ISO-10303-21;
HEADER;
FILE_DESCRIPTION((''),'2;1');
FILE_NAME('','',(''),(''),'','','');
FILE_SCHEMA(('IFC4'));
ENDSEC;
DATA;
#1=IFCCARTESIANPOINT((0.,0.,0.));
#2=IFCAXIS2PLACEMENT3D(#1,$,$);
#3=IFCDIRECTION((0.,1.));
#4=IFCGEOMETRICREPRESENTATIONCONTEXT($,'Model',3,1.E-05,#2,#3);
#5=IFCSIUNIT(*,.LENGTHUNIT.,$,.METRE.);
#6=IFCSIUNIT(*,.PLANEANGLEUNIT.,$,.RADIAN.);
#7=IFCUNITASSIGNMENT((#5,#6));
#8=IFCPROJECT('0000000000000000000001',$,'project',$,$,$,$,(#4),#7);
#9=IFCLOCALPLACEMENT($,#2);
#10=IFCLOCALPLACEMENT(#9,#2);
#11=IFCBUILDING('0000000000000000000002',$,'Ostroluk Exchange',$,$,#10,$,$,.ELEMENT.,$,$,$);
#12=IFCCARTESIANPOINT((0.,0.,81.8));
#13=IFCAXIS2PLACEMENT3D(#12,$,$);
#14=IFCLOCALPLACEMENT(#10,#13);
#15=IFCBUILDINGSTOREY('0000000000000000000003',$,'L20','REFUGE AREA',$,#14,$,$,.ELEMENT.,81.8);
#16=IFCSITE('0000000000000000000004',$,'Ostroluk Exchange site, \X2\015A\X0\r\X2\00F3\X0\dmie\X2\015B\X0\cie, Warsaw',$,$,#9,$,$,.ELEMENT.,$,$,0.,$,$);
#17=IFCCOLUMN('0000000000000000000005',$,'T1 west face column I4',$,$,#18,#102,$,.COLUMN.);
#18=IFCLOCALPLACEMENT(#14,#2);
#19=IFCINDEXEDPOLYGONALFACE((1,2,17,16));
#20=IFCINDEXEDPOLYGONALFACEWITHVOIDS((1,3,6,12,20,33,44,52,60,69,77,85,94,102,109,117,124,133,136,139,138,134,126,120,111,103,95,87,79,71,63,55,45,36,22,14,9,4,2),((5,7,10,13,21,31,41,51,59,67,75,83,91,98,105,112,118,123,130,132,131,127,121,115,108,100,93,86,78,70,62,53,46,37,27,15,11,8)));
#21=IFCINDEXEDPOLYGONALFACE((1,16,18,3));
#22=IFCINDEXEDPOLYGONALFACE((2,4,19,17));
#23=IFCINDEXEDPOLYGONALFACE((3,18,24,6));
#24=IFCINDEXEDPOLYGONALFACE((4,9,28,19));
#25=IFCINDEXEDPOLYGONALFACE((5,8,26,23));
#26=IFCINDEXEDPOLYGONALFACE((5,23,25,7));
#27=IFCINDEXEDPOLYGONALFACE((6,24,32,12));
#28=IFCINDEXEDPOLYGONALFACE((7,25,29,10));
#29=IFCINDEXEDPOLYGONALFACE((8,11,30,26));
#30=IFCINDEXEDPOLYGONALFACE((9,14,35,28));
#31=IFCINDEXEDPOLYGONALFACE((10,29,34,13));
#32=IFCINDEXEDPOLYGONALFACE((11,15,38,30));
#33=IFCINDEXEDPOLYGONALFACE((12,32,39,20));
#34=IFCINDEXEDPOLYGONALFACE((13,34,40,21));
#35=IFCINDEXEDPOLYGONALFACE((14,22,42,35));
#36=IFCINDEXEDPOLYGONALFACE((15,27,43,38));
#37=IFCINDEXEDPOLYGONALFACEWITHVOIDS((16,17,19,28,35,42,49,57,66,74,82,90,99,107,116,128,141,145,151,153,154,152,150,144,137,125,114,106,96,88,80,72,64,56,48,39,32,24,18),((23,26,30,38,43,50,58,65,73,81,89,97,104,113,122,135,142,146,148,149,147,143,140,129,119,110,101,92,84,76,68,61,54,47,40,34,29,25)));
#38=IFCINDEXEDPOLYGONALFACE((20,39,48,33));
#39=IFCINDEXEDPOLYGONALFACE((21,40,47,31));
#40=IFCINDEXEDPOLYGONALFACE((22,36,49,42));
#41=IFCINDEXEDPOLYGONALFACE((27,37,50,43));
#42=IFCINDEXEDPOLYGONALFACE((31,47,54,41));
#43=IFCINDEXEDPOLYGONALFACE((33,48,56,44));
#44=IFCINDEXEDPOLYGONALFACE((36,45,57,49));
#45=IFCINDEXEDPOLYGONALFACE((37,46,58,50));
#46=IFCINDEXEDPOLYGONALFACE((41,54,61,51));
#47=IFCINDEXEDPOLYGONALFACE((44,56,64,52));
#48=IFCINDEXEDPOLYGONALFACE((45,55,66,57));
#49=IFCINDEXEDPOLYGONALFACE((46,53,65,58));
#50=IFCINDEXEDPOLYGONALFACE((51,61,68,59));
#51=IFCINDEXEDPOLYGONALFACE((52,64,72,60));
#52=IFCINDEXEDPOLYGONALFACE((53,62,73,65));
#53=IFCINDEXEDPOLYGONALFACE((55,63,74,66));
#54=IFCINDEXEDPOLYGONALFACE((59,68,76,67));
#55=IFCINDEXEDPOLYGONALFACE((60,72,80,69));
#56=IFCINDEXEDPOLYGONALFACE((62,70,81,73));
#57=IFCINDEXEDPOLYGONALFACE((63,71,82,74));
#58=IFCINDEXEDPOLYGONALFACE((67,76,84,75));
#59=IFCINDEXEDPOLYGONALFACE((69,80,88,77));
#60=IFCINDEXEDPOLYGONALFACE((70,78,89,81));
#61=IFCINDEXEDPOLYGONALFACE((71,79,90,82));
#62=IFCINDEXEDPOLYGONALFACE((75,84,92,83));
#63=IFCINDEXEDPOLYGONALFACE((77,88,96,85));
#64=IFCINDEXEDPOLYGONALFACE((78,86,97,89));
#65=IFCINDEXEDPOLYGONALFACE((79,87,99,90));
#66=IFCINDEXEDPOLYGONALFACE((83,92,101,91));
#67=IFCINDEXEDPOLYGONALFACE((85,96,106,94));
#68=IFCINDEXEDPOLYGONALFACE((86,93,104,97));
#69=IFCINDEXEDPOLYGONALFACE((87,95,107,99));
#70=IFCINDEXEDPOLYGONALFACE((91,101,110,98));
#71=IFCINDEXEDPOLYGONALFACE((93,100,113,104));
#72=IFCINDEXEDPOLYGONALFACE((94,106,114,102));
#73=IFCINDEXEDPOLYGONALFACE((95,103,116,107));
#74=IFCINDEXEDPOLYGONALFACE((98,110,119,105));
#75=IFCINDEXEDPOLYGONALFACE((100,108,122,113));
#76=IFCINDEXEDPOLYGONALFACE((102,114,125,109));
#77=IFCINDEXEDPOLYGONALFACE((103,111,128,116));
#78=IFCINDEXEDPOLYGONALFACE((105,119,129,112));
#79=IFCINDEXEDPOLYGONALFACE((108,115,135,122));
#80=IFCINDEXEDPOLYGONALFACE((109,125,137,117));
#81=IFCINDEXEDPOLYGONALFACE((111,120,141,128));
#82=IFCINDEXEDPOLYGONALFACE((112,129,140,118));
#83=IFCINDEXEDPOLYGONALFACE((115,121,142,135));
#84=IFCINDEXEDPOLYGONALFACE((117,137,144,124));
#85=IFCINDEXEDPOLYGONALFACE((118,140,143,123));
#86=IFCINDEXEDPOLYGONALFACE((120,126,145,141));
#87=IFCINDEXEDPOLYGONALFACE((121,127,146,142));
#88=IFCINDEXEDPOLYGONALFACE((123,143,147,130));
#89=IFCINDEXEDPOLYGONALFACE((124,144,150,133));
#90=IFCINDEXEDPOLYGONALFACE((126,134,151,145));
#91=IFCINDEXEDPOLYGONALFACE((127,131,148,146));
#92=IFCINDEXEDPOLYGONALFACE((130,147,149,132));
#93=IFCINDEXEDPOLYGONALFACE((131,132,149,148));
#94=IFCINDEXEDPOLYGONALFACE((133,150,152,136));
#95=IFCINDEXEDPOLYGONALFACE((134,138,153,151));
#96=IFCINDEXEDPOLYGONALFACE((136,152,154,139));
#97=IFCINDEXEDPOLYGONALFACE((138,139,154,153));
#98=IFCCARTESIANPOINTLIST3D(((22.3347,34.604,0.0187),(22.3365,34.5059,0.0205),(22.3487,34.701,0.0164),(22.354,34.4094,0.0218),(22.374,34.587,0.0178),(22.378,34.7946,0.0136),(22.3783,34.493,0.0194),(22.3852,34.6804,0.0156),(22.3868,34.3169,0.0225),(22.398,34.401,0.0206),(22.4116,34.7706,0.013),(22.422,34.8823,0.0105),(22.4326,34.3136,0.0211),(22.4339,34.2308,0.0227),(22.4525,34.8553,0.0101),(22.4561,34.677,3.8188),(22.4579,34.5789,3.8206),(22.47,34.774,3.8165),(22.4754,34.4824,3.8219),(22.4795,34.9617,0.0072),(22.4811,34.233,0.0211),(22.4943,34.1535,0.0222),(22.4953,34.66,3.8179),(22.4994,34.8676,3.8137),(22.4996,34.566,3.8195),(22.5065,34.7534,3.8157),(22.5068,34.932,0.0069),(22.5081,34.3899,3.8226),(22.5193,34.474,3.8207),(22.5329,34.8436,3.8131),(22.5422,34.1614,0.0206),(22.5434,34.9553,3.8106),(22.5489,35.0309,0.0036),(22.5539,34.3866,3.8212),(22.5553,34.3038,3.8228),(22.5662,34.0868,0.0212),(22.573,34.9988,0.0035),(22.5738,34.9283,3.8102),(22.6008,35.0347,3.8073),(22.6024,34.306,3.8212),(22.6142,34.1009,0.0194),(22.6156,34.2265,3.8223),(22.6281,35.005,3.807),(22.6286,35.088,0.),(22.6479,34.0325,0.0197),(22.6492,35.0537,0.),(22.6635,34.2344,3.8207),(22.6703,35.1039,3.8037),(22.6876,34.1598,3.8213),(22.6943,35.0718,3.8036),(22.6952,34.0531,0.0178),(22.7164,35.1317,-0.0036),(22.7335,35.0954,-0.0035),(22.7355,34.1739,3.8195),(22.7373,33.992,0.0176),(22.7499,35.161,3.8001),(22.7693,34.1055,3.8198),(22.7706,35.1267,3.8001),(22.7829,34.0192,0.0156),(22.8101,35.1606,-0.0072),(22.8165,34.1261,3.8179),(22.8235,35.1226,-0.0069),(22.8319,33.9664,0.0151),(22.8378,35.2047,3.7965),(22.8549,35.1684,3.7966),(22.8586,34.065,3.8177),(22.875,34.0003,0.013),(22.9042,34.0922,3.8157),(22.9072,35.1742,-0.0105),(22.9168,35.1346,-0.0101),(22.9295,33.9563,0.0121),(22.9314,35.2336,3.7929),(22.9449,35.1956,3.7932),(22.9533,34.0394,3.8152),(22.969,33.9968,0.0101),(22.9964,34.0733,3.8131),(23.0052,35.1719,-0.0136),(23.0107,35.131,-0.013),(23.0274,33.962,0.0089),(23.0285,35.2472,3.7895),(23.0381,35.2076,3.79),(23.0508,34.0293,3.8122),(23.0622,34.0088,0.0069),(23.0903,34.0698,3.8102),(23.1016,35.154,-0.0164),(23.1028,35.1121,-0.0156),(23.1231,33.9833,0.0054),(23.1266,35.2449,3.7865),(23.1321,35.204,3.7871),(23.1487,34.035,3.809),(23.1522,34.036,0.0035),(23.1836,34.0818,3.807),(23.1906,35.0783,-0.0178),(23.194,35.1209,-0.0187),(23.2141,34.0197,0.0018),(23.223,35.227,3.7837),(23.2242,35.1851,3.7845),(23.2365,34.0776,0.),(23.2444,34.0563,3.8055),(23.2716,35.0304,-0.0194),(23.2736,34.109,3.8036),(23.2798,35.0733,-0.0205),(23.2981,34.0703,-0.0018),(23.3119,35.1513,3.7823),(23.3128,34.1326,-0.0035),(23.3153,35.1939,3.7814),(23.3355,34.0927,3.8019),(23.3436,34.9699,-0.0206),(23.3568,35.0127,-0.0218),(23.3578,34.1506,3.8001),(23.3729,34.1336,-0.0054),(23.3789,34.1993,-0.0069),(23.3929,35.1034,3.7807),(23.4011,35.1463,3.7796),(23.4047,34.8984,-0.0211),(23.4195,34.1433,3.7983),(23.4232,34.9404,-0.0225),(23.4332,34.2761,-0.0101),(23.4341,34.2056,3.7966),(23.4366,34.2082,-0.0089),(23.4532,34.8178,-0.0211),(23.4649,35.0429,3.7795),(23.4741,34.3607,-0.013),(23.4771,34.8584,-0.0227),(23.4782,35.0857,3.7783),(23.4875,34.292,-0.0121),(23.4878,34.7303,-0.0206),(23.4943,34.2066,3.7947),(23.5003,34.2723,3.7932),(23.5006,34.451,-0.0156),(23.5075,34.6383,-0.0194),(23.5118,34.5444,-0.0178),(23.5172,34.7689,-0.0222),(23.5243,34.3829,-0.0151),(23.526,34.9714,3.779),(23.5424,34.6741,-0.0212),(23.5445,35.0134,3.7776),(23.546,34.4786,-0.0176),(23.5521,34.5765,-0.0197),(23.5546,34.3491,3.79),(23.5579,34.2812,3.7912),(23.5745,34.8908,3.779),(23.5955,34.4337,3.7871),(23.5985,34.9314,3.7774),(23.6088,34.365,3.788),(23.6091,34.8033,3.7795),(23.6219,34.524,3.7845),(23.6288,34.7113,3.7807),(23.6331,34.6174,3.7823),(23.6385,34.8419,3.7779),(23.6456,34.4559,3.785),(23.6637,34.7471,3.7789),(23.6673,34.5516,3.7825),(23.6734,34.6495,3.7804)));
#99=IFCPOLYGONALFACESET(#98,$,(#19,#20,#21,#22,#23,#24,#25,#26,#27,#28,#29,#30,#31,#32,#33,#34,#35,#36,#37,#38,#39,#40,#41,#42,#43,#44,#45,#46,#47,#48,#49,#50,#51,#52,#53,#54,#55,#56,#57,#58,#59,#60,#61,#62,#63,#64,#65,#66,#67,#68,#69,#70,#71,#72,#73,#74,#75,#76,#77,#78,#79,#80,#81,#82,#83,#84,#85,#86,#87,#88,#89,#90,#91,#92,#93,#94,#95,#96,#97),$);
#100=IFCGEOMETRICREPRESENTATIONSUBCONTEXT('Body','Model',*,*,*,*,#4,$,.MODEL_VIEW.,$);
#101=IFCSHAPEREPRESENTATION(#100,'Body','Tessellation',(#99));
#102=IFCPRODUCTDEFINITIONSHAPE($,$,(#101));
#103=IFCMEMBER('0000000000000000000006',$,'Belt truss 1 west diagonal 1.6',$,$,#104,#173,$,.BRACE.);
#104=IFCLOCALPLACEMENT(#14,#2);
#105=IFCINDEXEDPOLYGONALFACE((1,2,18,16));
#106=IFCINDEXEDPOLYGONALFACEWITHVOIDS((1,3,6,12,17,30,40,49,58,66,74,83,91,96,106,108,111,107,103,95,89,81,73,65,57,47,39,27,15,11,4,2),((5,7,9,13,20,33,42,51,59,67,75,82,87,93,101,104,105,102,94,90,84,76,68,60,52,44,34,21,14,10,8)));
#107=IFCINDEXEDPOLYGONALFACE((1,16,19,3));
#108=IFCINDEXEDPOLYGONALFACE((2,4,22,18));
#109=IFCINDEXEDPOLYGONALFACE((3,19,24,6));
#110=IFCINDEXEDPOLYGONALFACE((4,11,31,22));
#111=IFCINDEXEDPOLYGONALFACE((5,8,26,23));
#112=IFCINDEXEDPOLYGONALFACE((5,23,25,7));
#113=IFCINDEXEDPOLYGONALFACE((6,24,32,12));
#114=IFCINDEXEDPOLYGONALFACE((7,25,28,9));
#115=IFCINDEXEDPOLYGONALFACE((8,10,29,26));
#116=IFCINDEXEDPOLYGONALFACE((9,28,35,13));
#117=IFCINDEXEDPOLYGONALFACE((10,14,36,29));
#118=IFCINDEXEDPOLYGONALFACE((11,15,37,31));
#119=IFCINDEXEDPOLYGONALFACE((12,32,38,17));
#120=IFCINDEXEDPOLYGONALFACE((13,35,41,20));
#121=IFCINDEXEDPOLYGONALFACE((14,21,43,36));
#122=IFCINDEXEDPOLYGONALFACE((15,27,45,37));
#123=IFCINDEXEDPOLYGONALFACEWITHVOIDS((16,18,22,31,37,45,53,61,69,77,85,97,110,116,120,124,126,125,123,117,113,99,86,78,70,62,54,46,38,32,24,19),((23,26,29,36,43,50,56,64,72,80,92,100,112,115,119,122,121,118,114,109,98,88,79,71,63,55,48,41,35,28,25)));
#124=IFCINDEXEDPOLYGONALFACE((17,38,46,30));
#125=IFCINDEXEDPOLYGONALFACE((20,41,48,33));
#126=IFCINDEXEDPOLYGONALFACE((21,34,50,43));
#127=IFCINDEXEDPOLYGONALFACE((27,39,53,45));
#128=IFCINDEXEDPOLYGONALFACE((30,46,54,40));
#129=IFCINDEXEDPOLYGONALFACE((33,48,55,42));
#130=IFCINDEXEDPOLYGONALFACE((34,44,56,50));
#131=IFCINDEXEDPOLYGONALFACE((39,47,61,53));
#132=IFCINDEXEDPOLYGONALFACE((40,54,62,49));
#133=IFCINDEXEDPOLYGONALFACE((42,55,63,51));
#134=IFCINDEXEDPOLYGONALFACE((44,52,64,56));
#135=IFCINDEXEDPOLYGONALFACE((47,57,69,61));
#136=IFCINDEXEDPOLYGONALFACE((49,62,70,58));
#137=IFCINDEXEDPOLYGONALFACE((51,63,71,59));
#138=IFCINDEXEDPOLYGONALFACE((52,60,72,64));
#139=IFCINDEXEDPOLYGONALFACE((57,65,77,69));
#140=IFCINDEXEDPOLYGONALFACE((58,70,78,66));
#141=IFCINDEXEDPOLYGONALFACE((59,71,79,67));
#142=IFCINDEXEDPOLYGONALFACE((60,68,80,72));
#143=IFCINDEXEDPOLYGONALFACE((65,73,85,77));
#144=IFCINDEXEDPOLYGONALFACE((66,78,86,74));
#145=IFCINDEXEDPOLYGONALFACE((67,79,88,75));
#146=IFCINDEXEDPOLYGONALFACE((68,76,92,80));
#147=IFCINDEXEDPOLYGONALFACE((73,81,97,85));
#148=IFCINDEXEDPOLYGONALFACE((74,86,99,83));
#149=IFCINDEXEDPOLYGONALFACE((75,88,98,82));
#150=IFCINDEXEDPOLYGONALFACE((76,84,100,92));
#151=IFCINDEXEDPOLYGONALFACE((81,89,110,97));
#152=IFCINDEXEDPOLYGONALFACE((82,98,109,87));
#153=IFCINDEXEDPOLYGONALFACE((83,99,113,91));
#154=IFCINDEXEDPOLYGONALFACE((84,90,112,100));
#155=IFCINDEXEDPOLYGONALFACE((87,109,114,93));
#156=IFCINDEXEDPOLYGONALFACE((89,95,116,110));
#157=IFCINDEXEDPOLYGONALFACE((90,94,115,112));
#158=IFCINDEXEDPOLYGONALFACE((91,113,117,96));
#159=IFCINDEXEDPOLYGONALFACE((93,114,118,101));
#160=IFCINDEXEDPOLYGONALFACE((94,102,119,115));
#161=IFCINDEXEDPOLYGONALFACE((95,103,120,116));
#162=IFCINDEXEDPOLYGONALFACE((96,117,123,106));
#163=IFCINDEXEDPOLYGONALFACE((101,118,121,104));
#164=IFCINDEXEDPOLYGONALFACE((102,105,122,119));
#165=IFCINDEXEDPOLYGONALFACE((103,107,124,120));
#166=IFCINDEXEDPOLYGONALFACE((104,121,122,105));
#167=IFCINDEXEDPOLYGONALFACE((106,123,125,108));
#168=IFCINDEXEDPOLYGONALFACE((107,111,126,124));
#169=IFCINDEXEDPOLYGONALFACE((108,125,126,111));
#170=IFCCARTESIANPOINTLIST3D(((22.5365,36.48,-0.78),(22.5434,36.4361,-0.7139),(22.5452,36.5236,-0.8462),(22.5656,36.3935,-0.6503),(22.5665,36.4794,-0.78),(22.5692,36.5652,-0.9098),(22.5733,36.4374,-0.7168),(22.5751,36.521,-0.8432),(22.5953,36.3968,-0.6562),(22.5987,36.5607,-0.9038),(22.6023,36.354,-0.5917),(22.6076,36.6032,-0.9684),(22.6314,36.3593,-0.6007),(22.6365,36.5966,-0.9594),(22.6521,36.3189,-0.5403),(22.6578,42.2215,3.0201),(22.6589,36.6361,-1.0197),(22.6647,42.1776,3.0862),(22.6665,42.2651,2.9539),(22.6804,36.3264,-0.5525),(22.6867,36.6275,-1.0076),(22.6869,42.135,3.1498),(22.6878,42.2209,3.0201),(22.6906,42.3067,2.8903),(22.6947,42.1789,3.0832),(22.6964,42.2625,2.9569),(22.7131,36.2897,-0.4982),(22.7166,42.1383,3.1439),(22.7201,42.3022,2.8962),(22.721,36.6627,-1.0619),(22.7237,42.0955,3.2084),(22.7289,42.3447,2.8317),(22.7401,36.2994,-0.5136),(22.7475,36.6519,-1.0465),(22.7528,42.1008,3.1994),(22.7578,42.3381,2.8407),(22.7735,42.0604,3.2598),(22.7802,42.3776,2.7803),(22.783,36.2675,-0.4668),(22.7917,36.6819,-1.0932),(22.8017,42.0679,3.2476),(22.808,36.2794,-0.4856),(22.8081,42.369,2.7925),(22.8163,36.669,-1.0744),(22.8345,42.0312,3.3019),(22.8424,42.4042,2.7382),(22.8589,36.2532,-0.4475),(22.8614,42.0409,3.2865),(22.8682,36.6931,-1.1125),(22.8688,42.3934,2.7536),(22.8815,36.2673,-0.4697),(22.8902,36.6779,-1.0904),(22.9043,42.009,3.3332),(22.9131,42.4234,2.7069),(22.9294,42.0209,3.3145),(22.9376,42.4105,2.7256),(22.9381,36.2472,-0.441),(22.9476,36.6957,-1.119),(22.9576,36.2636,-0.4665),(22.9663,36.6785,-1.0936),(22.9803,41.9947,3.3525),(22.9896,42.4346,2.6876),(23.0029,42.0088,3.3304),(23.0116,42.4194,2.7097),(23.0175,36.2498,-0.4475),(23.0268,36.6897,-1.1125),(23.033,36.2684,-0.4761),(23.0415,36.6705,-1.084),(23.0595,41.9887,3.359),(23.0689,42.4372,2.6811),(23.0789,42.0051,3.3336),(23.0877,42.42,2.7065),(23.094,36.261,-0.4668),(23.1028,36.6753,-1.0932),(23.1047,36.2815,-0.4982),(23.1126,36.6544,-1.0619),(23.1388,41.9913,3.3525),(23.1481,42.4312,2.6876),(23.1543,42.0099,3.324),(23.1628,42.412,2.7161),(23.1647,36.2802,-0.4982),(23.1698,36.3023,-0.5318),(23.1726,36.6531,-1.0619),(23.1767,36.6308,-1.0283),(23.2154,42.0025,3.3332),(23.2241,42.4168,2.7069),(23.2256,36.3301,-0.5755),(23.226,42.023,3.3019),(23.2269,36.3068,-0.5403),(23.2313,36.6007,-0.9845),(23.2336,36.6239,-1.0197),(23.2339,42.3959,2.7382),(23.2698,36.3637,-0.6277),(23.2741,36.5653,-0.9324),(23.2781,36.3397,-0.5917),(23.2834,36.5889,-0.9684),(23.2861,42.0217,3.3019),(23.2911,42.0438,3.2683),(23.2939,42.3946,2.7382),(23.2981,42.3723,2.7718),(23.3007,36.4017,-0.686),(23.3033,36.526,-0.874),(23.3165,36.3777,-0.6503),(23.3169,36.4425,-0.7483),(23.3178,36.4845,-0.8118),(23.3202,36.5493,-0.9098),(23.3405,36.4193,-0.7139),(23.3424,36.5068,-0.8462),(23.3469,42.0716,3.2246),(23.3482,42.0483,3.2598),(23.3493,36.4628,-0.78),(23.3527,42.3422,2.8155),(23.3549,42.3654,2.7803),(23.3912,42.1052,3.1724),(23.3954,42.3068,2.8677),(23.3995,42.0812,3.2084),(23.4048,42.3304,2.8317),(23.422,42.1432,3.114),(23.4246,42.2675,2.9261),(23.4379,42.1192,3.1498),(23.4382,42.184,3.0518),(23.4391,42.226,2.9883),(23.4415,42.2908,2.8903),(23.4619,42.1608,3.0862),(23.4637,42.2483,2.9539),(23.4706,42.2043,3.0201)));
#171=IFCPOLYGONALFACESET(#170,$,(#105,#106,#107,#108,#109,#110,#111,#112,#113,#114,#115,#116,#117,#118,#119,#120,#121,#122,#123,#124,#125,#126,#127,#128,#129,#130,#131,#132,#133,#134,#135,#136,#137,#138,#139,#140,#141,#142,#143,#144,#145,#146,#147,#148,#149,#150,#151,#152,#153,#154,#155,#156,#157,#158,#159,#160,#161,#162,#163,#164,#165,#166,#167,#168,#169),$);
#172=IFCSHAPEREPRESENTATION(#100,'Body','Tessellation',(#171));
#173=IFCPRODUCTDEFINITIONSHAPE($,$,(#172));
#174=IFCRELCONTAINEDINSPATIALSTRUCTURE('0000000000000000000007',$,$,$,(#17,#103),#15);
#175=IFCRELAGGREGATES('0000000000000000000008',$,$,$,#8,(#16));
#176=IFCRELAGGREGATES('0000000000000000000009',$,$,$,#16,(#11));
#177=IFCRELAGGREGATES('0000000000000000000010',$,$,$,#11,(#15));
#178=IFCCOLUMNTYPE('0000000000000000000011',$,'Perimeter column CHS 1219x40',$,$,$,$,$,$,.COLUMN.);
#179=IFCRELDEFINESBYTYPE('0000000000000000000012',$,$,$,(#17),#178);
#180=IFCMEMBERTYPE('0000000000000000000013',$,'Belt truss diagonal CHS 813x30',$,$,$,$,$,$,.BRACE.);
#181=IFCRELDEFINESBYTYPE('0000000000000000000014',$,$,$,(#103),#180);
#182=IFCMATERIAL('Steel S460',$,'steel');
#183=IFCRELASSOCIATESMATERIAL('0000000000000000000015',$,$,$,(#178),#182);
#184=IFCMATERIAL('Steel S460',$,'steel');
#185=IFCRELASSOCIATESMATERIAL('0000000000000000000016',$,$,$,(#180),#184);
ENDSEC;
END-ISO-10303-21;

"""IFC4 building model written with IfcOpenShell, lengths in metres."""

from ifc_helpers import new_model, si_unit, direction, frame, origin, origin_2d, place, context, subcontext, project, spatial, hollow_circle, extrude, material, material_profile, profile_set, type_object, element, save


model = new_model("IFC4")

# Units and contexts
model_context = context("Model", 3, precision=1e-05, world=origin(), true_north=direction((0.0, 1.0)))
body_context = subcontext(model_context, "Body", "Model", "MODEL_VIEW")
ifc_project = project(units=[si_unit("LENGTHUNIT", "METRE"), si_unit("PLANEANGLEUNIT", "RADIAN")], contexts=[model_context])

# Site, building, storey
site_placement = place(None, origin())
site = spatial("IfcSite", under=ifc_project, at=site_placement, Name="Ostroluk Exchange site, Śródmieście, Warsaw", CompositionType="ELEMENT", RefElevation=0.0)
building_placement = place(site_placement, origin())
building = spatial("IfcBuilding", under=site, at=building_placement, Name="Ostroluk Exchange", CompositionType="ELEMENT")
storey_placement = place(building_placement, frame((0.0, 0.0, 81.8)))
storey = spatial("IfcBuildingStorey", under=building, at=storey_placement, Name="L20", Description="REFUGE AREA", CompositionType="ELEMENT", Elevation=81.8)

# Column
ifc_material_1 = material(Name="Steel S460", Category="steel")
ifc_material_profile_1 = material_profile(ifc_material_1, hollow_circle(Radius=0.6096, WallThickness=0.04, at=origin_2d()), Name="CHS 1219x40")
ifc_profile_set_1 = profile_set([ifc_material_profile_1], Name="Steel S460")
column_type = type_object("IfcColumnType", Name="Perimeter column CHS 1219x40", PredefinedType="COLUMN", material=ifc_profile_set_1)
column_placement = place(storey_placement, frame((22.9429, 34.5657, 0.0), z_axis=(0.031908, 0.019196, 0.999306), x_axis=(-0.51551, 0.856884, 0.0)))
element("IfcColumn", 1, at=column_placement, inside=storey, type_object=column_type, Name="T1 west face column I4", PredefinedType="COLUMN", context=body_context, shape_type="SweptSolid", body=[
    extrude(hollow_circle(Radius=0.6096, WallThickness=0.04, at=origin_2d()), origin(), (0.0, 0.0, 1.0), 3.8027),
])

# Member
ifc_material_2 = material(Name="Steel S460", Category="steel")
ifc_material_profile_2 = material_profile(ifc_material_2, hollow_circle(Radius=0.4065, WallThickness=0.03, at=origin_2d()), Name="CHS 813x30")
ifc_profile_set_2 = profile_set([ifc_material_profile_2], Name="Steel S460")
member_type_1 = type_object("IfcMemberType", Name="Belt truss diagonal CHS 813x30", PredefinedType="BRACE", material=ifc_profile_set_2)
member_1_placement = place(storey_placement, frame((22.9429, 36.4714, -0.78), z_axis=(0.017621, 0.833766, 0.551837), x_axis=(-0.999777, 0.021129, 0.0)))
element("IfcMember", 2, at=member_1_placement, inside=storey, type_object=member_type_1, Name="Belt truss 1 west diagonal 1.6", PredefinedType="BRACE", context=body_context, shape_type="SweptSolid", body=[
    extrude(hollow_circle(Radius=0.4065, WallThickness=0.03, at=origin_2d()), origin(), (0.0, 0.0, 1.0), 6.8862),
])

save(model, "model.ifc")
